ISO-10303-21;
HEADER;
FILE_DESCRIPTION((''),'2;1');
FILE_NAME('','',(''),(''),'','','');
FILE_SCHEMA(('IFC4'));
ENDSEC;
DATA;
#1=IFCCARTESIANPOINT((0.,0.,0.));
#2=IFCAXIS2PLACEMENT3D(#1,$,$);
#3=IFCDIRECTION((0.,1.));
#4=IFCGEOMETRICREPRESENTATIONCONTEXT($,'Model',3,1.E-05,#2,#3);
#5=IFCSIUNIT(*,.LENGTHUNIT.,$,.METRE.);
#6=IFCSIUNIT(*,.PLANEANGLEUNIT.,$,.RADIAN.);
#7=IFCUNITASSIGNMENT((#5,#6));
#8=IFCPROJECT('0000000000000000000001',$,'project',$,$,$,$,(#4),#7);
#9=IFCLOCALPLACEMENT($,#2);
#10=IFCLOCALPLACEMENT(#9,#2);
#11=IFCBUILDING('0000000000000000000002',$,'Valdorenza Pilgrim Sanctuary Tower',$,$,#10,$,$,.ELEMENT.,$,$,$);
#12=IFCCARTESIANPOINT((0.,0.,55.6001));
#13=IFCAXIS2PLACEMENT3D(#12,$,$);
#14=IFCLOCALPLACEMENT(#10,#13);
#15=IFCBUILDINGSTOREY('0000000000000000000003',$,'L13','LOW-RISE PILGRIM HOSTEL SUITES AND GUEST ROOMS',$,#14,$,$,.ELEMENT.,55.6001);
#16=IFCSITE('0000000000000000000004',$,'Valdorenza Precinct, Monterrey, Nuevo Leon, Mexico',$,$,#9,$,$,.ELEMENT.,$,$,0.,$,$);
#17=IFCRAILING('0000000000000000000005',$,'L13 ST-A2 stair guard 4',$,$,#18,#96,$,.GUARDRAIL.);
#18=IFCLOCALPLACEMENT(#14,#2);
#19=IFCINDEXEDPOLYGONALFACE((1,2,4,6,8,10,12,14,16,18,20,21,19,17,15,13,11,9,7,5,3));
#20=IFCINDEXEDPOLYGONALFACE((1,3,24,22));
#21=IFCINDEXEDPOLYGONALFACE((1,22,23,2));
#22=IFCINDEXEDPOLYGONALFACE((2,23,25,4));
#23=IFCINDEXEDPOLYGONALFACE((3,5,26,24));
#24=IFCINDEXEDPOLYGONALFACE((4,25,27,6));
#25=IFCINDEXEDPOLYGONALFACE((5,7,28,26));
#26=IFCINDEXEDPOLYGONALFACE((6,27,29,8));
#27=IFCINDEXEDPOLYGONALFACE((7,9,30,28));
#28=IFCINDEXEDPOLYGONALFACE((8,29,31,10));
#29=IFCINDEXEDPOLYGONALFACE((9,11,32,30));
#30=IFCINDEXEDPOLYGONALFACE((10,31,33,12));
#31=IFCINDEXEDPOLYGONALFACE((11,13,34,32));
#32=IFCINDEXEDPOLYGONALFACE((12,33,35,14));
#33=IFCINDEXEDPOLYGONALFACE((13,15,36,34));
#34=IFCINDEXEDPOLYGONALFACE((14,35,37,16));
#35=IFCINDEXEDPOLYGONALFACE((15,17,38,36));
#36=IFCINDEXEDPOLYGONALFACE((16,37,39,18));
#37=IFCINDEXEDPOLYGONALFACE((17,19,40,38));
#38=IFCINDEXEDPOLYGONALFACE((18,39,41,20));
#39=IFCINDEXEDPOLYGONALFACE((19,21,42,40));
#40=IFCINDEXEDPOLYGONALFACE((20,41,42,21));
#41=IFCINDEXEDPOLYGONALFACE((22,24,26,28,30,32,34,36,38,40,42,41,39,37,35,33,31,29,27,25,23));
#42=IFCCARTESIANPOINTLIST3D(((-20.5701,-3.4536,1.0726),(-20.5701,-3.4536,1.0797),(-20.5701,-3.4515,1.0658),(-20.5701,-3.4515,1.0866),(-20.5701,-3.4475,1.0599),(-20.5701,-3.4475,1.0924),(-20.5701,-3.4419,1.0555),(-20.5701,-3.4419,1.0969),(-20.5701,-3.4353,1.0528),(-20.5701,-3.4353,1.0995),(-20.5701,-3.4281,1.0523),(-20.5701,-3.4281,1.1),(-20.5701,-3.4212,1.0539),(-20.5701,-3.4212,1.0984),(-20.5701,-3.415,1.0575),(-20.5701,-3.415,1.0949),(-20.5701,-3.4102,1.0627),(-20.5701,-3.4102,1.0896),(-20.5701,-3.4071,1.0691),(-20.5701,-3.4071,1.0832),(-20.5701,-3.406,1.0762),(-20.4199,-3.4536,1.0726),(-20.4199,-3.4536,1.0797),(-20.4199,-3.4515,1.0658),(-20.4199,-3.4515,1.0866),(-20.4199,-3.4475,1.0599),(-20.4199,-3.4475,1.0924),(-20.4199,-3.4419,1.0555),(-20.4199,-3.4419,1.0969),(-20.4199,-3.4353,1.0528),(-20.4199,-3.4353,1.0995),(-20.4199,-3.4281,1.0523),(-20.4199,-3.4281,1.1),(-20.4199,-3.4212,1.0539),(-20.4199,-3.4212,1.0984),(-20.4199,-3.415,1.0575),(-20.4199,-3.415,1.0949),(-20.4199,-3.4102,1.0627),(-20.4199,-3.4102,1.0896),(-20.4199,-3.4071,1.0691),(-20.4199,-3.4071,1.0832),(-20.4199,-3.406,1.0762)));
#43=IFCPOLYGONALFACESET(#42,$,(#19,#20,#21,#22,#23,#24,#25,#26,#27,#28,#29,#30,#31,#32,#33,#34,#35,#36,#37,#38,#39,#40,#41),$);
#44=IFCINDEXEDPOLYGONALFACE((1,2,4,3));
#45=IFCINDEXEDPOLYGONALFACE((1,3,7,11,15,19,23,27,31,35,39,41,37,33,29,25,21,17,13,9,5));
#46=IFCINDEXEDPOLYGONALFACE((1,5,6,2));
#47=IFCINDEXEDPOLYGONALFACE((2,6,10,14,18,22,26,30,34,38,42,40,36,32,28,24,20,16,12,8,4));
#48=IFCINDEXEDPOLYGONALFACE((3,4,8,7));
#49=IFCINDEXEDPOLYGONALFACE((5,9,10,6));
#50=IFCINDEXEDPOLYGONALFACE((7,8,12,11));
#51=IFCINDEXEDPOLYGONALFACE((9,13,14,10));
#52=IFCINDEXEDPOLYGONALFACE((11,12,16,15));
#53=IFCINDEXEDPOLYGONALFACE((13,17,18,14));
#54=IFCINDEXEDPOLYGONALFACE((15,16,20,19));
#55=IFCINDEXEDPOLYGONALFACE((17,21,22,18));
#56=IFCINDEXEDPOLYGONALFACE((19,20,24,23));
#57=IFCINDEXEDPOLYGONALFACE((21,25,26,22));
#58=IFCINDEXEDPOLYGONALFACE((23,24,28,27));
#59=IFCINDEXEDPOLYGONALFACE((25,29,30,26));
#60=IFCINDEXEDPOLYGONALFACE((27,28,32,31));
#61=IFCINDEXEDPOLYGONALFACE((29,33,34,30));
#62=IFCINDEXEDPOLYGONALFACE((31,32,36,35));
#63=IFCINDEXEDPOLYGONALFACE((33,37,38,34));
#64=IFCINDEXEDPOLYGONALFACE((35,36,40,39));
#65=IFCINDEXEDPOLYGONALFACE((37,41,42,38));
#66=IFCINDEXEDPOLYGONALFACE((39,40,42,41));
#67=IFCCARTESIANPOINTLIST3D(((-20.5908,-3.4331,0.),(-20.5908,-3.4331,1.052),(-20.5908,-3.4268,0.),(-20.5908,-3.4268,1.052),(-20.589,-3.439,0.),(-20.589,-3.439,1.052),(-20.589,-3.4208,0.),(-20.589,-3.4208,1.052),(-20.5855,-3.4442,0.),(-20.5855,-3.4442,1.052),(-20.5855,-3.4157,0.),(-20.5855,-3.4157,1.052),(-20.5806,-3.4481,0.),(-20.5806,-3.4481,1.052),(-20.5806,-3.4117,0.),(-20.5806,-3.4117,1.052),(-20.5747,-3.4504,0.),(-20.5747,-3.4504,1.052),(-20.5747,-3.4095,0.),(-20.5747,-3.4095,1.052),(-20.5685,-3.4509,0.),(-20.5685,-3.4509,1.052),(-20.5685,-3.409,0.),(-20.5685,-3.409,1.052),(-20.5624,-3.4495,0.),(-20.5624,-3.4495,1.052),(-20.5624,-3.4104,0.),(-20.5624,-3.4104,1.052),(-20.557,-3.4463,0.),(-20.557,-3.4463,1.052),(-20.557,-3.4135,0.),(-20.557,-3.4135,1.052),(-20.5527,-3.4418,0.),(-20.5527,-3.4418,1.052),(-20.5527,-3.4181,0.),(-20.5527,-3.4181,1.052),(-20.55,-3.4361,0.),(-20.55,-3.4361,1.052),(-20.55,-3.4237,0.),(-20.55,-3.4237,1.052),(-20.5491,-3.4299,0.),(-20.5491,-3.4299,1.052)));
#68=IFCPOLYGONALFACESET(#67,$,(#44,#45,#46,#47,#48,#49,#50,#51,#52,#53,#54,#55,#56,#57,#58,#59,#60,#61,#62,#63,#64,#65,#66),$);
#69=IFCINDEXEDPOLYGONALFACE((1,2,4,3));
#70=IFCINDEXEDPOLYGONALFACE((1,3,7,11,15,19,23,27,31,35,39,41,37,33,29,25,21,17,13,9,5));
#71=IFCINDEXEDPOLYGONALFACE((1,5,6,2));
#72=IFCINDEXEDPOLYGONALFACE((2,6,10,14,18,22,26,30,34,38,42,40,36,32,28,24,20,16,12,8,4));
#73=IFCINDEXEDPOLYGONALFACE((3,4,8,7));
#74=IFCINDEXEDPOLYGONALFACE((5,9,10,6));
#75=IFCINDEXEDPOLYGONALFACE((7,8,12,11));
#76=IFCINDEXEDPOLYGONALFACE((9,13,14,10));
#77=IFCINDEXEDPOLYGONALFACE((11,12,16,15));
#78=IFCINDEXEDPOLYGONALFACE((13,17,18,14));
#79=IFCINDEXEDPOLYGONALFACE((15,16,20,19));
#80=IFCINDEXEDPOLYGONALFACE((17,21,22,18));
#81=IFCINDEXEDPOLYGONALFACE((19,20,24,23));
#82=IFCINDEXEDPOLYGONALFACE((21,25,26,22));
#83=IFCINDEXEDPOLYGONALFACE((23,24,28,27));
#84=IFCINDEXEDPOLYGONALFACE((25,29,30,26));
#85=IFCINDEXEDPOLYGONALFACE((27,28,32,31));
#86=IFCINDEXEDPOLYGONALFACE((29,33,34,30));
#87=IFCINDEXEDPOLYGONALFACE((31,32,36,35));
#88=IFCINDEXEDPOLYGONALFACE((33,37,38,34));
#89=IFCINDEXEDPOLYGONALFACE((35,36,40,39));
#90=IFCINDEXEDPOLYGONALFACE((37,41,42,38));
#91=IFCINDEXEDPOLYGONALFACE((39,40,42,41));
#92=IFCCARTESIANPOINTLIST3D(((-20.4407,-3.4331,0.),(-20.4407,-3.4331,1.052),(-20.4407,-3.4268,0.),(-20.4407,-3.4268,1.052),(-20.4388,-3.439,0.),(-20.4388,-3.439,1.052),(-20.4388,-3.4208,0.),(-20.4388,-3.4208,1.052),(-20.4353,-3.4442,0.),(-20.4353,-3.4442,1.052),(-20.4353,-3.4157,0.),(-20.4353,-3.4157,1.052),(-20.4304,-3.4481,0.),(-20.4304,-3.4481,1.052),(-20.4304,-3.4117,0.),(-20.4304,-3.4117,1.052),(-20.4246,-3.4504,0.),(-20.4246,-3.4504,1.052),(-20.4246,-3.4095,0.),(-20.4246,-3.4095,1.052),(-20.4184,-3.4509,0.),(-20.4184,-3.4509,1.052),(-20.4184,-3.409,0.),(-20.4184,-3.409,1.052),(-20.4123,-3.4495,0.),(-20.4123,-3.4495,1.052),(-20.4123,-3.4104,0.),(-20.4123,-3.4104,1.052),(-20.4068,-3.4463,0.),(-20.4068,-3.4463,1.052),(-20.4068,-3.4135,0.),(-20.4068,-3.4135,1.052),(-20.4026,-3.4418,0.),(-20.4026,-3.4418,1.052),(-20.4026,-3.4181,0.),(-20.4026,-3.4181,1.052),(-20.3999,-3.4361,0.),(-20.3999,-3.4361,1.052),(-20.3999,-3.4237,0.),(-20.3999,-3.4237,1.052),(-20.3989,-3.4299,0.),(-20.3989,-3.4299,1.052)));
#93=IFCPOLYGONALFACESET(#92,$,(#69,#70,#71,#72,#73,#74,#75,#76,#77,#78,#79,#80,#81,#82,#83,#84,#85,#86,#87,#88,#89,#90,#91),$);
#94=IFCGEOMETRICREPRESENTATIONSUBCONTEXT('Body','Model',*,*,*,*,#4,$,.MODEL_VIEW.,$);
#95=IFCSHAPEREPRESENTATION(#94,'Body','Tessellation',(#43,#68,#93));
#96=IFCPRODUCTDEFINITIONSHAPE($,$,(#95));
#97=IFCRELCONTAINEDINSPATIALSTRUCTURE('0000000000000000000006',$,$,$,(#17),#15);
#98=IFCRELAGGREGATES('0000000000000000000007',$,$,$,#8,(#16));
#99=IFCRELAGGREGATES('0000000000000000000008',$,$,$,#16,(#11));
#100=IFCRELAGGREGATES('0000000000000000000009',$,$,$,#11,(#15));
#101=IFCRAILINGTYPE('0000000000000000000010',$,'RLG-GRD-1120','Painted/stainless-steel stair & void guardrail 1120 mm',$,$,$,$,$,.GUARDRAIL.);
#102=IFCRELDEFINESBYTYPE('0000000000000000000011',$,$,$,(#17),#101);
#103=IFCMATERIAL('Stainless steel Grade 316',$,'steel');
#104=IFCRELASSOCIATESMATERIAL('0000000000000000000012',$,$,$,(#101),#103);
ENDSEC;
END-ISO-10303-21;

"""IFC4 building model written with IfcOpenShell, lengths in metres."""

from ifc_helpers import new_model, si_unit, direction, frame, origin, origin_2d, place, context, subcontext, project, spatial, circle, extrude, material, type_object, element, save


model = new_model("IFC4")

# Units and contexts
model_context = context("Model", 3, precision=1e-05, world=origin(), true_north=direction((0.0, 1.0)))
body_context = subcontext(model_context, "Body", "Model", "MODEL_VIEW")
ifc_project = project(units=[si_unit("LENGTHUNIT", "METRE"), si_unit("PLANEANGLEUNIT", "RADIAN")], contexts=[model_context])

# Site, building, storey
site_placement = place(None, origin())
site = spatial("IfcSite", under=ifc_project, at=site_placement, Name="Valdorenza Precinct, Monterrey, Nuevo Leon, Mexico", CompositionType="ELEMENT", RefElevation=0.0)
building_placement = place(site_placement, origin())
building = spatial("IfcBuilding", under=site, at=building_placement, Name="Valdorenza Pilgrim Sanctuary Tower", CompositionType="ELEMENT")
storey_placement = place(building_placement, frame((0.0, 0.0, 55.6001)))
storey = spatial("IfcBuildingStorey", under=building, at=storey_placement, Name="L13", Description="LOW-RISE PILGRIM HOSTEL SUITES AND GUEST ROOMS", CompositionType="ELEMENT", Elevation=55.6001)

# Railing
ifc_material_1 = material(Name="Stainless steel Grade 316", Category="steel")
railing_type_1 = type_object("IfcRailingType", Name="RLG-GRD-1120", Description="Painted/stainless-steel stair & void guardrail 1120 mm", PredefinedType="GUARDRAIL", material=ifc_material_1)
railing_1_placement = place(storey_placement, frame((-20.5701, -3.4299, 0.0)))
element("IfcRailing", 1, at=railing_1_placement, inside=storey, type_object=railing_type_1, Name="L13 ST-A2 stair guard 4", PredefinedType="GUARDRAIL", context=body_context, shape_type="SweptSolid", body=[
    extrude(circle(Radius=0.0239, at=origin_2d()), frame((0.0, 0.0, 1.0762), z_axis=(1.0, 0.0, 0.0), x_axis=(0.0, 1.0, 0.0)), (0.0, 0.0, 1.0), 0.1501),
    extrude(circle(Radius=0.021, at=origin_2d()), origin(), (0.0, 0.0, 1.0), 1.052),
    extrude(circle(Radius=0.021, at=origin_2d()), frame((0.1501, 0.0, 0.0)), (0.0, 0.0, 1.0), 1.052),
])

save(model, "model.ifc")
